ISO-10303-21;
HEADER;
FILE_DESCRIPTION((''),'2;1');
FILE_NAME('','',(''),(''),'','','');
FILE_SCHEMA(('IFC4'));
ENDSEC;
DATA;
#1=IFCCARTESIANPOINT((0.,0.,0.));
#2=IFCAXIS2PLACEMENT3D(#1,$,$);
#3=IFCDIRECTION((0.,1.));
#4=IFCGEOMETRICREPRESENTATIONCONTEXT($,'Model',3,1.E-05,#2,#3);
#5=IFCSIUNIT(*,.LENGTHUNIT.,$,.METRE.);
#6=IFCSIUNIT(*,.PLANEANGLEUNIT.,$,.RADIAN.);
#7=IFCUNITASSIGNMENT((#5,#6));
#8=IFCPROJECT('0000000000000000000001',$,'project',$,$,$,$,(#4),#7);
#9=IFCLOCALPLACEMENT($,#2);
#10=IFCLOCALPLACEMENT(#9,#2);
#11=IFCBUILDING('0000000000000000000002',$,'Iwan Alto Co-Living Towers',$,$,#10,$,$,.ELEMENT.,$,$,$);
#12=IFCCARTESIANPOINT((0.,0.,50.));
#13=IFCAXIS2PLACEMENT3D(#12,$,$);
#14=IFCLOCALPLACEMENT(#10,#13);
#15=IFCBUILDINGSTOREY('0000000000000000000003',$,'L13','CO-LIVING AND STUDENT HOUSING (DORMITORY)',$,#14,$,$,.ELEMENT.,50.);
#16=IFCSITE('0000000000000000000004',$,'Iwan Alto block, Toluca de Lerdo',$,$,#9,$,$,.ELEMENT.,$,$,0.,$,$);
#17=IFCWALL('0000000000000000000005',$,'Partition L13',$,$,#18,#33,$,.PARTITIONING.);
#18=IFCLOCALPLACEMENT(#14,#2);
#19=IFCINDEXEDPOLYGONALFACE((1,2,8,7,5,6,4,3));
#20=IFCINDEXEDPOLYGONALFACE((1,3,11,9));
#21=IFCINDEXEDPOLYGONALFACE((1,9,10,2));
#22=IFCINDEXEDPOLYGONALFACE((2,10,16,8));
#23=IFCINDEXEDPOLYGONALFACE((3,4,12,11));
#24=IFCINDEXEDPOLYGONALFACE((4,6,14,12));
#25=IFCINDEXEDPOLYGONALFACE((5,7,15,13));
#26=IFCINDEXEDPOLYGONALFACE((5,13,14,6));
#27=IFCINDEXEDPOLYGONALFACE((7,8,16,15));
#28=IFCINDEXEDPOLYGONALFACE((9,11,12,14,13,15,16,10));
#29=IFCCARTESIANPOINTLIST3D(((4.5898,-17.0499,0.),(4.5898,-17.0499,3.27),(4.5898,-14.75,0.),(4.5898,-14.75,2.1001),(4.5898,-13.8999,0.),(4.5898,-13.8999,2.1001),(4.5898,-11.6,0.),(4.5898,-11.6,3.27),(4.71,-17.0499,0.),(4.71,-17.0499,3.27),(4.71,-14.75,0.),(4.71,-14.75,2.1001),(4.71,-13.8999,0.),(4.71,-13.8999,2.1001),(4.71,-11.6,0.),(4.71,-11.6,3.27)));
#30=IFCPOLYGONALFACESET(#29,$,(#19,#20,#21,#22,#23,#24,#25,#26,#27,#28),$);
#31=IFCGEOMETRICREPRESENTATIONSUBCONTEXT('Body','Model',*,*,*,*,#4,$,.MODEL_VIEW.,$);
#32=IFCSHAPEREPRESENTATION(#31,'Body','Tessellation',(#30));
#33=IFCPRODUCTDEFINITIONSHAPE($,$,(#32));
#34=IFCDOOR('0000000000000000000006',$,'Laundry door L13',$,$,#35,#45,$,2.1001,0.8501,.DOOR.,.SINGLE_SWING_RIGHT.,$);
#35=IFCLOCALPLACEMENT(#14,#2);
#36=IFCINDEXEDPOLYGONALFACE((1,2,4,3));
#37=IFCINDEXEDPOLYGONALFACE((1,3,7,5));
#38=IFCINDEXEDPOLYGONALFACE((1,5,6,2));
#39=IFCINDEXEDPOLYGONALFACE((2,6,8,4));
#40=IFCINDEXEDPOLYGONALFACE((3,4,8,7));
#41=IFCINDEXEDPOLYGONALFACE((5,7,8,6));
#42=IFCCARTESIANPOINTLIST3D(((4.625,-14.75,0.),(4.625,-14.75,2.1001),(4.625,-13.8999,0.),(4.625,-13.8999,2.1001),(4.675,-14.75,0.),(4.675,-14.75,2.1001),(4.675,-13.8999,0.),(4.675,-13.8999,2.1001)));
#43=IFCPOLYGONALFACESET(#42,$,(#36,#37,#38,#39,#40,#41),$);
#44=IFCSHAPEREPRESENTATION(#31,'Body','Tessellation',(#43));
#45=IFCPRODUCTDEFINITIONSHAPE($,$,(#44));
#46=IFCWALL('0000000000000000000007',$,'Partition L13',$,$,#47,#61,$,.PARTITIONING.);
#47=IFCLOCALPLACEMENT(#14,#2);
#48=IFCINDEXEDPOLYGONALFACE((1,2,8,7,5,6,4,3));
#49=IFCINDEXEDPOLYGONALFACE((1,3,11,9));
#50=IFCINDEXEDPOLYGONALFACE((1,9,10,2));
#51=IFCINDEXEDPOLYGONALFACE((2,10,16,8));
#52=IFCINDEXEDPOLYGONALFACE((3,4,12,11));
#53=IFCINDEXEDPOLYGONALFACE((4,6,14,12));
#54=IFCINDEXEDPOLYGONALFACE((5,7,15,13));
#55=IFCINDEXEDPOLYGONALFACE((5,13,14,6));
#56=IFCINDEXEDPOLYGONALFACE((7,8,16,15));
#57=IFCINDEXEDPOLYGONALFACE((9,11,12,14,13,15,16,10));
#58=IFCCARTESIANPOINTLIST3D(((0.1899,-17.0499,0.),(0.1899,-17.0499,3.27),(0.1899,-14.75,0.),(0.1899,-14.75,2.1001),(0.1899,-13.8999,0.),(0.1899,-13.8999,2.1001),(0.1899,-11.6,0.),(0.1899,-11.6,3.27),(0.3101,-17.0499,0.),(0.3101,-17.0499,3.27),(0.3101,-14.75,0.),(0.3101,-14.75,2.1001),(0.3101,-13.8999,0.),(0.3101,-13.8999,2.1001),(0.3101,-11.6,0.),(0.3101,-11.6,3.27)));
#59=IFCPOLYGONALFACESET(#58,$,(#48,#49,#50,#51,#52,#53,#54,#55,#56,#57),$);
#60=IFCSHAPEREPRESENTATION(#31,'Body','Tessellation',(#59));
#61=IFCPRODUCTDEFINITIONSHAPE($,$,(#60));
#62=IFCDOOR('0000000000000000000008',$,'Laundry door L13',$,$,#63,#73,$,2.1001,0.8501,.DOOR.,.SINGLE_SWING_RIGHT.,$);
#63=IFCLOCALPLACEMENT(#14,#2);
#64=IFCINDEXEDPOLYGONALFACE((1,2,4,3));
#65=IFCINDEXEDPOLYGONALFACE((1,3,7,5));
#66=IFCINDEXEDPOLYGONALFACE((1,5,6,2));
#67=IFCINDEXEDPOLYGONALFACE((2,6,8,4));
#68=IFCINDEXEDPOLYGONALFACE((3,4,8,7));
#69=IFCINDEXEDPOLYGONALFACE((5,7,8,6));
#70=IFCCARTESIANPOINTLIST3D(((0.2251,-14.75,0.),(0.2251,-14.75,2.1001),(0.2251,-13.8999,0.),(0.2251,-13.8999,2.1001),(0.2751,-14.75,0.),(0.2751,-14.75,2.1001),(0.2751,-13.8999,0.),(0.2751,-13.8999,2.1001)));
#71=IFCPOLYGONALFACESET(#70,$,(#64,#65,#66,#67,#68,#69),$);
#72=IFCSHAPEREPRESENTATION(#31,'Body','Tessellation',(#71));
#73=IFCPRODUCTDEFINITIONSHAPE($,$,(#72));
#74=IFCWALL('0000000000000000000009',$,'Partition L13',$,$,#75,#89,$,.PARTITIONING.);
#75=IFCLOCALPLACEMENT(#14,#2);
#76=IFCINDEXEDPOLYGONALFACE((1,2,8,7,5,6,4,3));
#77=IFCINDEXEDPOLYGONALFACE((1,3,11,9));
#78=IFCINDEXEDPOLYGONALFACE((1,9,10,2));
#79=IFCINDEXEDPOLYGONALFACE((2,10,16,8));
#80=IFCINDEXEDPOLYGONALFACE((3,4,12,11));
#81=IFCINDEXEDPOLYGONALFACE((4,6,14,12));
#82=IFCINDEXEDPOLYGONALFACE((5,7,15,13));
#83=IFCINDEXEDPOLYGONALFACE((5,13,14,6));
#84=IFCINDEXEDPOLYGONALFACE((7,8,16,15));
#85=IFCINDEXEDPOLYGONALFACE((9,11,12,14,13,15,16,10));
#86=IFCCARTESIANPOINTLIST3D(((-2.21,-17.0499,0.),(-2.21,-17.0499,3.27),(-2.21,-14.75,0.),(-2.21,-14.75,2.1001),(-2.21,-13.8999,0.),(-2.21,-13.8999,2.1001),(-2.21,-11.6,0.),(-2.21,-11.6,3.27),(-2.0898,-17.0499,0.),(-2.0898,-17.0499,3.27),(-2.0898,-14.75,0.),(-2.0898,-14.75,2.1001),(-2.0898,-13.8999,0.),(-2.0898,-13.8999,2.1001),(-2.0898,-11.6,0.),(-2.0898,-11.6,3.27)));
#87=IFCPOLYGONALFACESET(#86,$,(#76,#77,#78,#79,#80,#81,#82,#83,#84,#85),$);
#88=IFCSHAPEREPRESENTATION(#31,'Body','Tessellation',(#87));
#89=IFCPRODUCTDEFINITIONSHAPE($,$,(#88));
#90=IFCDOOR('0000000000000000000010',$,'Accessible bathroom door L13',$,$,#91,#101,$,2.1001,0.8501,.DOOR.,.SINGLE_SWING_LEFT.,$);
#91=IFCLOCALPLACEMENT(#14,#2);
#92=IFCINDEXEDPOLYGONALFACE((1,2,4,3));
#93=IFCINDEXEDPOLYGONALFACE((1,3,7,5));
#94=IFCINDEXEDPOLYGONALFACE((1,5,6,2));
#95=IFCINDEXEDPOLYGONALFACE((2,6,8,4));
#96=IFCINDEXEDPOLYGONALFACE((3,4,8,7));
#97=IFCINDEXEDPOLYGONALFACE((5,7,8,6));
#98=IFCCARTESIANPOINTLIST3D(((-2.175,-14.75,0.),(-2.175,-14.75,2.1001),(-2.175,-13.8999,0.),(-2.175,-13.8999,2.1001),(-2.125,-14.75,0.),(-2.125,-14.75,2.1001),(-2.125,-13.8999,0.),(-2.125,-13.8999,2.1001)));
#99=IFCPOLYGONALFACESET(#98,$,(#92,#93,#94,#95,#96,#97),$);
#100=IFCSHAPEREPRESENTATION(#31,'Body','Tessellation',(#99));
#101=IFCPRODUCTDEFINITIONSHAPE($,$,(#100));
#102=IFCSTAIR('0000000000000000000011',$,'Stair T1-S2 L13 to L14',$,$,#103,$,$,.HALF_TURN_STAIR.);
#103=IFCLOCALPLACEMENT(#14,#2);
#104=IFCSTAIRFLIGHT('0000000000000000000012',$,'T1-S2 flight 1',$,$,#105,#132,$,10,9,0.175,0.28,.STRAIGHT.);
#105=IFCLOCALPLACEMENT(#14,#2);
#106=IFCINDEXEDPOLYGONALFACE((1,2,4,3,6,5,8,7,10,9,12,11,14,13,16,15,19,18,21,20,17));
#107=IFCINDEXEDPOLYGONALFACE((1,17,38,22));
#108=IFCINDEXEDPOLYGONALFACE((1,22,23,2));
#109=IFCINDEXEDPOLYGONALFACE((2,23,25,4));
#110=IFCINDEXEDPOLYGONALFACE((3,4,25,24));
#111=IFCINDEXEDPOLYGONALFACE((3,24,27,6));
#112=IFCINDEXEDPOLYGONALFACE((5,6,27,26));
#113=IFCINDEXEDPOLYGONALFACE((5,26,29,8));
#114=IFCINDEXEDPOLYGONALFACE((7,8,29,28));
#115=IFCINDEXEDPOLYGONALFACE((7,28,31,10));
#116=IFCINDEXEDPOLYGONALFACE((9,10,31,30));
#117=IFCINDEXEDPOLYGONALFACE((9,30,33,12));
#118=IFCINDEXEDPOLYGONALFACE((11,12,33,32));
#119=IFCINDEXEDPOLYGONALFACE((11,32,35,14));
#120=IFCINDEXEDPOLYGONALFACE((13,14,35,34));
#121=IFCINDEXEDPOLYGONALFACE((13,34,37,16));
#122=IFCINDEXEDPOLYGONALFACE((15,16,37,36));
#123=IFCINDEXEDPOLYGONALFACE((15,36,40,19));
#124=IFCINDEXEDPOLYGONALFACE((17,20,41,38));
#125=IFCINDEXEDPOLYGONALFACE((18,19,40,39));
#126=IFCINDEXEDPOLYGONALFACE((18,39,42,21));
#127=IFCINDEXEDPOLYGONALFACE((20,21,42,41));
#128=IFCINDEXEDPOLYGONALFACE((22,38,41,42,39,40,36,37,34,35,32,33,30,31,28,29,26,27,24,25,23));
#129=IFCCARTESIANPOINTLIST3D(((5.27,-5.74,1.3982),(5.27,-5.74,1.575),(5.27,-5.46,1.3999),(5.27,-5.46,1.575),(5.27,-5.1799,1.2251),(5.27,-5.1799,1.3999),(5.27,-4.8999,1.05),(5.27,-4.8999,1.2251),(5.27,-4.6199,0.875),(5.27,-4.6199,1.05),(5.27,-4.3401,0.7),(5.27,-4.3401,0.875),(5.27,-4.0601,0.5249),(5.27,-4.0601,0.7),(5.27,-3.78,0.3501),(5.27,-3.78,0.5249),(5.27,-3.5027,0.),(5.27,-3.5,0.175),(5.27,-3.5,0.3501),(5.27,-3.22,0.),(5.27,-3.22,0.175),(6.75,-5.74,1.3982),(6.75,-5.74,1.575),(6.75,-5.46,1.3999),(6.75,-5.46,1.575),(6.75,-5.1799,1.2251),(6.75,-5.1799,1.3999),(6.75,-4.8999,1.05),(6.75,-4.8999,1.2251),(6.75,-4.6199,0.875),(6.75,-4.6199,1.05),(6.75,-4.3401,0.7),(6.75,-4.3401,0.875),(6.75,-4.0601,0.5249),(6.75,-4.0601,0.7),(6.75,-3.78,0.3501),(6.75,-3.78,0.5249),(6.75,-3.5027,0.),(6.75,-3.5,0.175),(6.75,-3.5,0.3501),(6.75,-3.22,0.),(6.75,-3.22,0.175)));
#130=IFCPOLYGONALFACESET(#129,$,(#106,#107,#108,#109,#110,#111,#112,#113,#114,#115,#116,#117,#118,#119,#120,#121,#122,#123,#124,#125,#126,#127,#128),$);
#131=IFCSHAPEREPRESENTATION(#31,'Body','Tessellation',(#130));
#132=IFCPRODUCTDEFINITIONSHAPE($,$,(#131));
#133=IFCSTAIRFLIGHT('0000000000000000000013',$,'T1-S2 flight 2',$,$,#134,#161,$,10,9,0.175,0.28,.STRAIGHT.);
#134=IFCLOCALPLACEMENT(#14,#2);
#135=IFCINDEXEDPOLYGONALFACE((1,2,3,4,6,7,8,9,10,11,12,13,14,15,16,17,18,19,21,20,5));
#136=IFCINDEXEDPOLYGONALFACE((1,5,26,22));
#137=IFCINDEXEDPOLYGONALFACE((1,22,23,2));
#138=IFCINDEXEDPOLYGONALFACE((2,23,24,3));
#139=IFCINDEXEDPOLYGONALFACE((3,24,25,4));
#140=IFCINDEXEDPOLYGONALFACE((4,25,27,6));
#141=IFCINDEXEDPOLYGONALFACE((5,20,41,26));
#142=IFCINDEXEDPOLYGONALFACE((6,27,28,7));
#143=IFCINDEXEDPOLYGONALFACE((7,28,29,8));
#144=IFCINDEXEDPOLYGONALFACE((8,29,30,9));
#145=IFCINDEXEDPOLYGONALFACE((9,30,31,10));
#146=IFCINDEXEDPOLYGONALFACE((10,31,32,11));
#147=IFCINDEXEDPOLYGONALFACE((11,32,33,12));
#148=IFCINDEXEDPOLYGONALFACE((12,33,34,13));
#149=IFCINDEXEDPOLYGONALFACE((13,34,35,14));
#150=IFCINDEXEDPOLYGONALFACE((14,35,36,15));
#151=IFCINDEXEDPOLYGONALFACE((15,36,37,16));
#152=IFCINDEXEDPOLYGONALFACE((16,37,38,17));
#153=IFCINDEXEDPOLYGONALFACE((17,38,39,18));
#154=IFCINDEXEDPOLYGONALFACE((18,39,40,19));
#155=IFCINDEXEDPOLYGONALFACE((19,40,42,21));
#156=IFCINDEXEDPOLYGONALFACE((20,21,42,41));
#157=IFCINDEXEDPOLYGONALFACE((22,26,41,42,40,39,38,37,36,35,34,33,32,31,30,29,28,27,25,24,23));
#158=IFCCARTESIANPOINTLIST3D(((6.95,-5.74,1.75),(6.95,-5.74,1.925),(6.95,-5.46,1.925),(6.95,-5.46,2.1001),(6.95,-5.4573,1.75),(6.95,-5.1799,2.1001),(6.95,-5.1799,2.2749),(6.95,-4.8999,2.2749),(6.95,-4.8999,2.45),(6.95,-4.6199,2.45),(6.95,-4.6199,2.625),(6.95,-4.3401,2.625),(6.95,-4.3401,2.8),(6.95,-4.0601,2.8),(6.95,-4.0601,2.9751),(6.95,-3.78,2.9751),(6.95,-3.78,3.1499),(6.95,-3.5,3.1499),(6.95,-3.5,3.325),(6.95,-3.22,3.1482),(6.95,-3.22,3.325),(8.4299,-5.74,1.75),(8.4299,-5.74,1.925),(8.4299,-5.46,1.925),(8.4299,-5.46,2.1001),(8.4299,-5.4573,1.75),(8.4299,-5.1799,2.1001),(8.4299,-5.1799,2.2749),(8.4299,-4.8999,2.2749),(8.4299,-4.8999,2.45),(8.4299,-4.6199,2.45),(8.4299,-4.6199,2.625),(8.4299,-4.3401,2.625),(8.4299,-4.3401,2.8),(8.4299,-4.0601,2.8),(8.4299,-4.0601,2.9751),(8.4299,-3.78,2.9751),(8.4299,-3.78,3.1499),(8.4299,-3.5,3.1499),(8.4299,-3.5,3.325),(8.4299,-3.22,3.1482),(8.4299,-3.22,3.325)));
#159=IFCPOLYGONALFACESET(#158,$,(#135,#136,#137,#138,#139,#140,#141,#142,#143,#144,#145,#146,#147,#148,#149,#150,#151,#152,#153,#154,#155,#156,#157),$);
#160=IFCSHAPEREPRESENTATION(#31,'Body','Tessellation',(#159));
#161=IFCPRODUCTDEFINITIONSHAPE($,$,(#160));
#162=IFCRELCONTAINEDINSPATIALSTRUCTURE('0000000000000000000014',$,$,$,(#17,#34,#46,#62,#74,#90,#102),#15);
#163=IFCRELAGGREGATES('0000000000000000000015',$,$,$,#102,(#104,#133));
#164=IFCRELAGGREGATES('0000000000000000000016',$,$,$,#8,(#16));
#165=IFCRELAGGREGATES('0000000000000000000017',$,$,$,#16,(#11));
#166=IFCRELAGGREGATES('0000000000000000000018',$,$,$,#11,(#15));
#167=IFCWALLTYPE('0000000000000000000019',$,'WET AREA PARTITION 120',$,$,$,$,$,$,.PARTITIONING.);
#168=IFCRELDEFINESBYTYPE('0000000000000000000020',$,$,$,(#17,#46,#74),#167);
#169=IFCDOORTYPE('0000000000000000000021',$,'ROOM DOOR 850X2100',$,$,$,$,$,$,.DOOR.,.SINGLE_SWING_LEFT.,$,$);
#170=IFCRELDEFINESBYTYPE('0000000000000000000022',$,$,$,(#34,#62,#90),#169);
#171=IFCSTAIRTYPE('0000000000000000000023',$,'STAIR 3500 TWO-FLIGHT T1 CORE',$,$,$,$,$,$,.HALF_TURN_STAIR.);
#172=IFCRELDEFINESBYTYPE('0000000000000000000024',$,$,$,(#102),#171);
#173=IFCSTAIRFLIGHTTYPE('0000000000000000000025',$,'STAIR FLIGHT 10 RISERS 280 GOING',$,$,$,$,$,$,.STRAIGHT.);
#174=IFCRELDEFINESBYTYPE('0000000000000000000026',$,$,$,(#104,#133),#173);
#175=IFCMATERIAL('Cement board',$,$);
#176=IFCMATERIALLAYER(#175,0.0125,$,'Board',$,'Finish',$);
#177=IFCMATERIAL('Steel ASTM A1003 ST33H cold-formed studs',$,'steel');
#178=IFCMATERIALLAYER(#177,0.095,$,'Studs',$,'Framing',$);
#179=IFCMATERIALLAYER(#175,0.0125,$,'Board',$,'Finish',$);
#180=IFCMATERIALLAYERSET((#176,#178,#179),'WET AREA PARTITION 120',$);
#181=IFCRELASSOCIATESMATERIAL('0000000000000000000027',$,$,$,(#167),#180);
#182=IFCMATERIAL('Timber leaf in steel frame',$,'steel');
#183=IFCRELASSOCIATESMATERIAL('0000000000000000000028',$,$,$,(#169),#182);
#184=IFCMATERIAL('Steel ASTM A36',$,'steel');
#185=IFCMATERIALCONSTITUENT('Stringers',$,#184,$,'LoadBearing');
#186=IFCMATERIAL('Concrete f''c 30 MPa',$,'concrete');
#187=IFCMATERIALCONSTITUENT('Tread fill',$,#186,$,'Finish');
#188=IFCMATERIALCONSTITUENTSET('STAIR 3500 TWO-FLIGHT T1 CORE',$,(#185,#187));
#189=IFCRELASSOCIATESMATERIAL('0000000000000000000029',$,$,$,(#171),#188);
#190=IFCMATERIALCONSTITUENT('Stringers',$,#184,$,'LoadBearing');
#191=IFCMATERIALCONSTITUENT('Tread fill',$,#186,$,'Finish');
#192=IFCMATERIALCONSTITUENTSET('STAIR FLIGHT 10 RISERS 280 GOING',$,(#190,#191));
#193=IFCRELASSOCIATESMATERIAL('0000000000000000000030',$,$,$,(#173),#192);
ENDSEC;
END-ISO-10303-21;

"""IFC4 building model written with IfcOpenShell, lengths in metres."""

from ifc_helpers import new_model, si_unit, direction, frame, frame_2d, origin, place, context, subcontext, project, spatial, polyline, rectangle, outline, extrude, material, layer, layer_set, constituent, constituent_set, type_object, element, fill, aggregate, save


model = new_model("IFC4")

# Units and contexts
model_context = context("Model", 3, precision=1e-05, world=origin(), true_north=direction((0.0, 1.0)))
body_context = subcontext(model_context, "Body", "Model", "MODEL_VIEW")
ifc_project = project(units=[si_unit("LENGTHUNIT", "METRE"), si_unit("PLANEANGLEUNIT", "RADIAN")], contexts=[model_context])

# Site, building, storey
site_placement = place(None, origin())
site = spatial("IfcSite", under=ifc_project, at=site_placement, Name="Iwan Alto block, Toluca de Lerdo", CompositionType="ELEMENT", RefElevation=0.0)
building_placement = place(site_placement, origin())
building = spatial("IfcBuilding", under=site, at=building_placement, Name="Iwan Alto Co-Living Towers", CompositionType="ELEMENT")
storey_placement = place(building_placement, frame((0.0, 0.0, 50.0)))
storey = spatial("IfcBuildingStorey", under=building, at=storey_placement, Name="L13", Description="CO-LIVING AND STUDENT HOUSING (DORMITORY)", CompositionType="ELEMENT", Elevation=50.0)

# Shared definitions
ifc_material_1 = material(Name="Steel ASTM A1003 ST33H cold-formed studs", Category="steel")

# Shared definitions
ifc_material_2 = material(Name="Cement board")
ifc_layer_1 = layer(ifc_material_2, 0.0125, Name="Board", Category="Finish")
ifc_layer_2 = layer(ifc_material_1, 0.095, Name="Studs", Category="Framing")
ifc_layer_3 = layer(ifc_material_2, 0.0125, Name="Board", Category="Finish")
ifc_layer_set_1 = layer_set([ifc_layer_1, ifc_layer_2, ifc_layer_3], Name="WET AREA PARTITION 120")
wall_type_1 = type_object("IfcWallType", Name="WET AREA PARTITION 120", PredefinedType="PARTITIONING", material=ifc_layer_set_1)

# Shared definitions
ifc_material_3 = material(Name="Timber leaf in steel frame", Category="steel")
door_type_1 = type_object("IfcDoorType", Name="ROOM DOOR 850X2100", OperationType="SINGLE_SWING_LEFT", PredefinedType="DOOR", material=ifc_material_3)

# Walls, openings, doors
wall_1_placement = place(storey_placement, frame((4.6499, -17.05, 0.0), z_axis=(0.0, 0.0, 1.0), x_axis=(0.0, 1.0, 0.0)))
wall_1 = element("IfcWall", 1, at=wall_1_placement, inside=storey, type_object=wall_type_1, Name="Partition L13", PredefinedType="PARTITIONING", context=body_context, shape_type="SweptSolid", body=[
    extrude(rectangle(XDim=5.45, YDim=0.1201, at=frame_2d((2.7251, 0.0))), origin(), (0.0, 0.0, 1.0), 3.27),
])
opening_1_placement = place(wall_1_placement, frame((2.3, 0.0, 0.0)))
opening_1 = element("IfcOpeningElement", 2, at=opening_1_placement, cuts=wall_1, PredefinedType="OPENING", context=body_context, shape_type="SweptSolid", body=[
    extrude(rectangle(XDim=0.8501, YDim=2.1001, at=frame_2d((0.425, 1.05))), frame((0.0, 0.0701, 0.0), z_axis=(0.0, -1.0, 0.0), x_axis=(1.0, 0.0, 0.0)), (0.0, 0.0, 1.0), 0.1401),
])
door_1_placement = place(opening_1_placement, origin())
door_1 = element("IfcDoor", 3, at=door_1_placement, inside=storey, type_object=door_type_1, Name="Laundry door L13", OperationType="SINGLE_SWING_RIGHT", OverallHeight=2.1001, OverallWidth=0.8501, PredefinedType="DOOR", context=body_context, shape_type="SweptSolid", body=[
    extrude(rectangle(XDim=0.8501, YDim=2.1001, at=frame_2d((0.425, 1.05))), frame((0.0, 0.0249, 0.0), z_axis=(0.0, -1.0, 0.0), x_axis=(1.0, 0.0, 0.0)), (0.0, 0.0, 1.0), 0.05),
])
fill(opening_1, door_1)
wall_2_placement = place(storey_placement, frame((0.25, -17.05, 0.0), z_axis=(0.0, 0.0, 1.0), x_axis=(0.0, 1.0, 0.0)))
wall_2 = element("IfcWall", 4, at=wall_2_placement, inside=storey, type_object=wall_type_1, Name="Partition L13", PredefinedType="PARTITIONING", context=body_context, shape_type="SweptSolid", body=[
    extrude(rectangle(XDim=5.45, YDim=0.1201, at=frame_2d((2.7251, 0.0))), origin(), (0.0, 0.0, 1.0), 3.27),
])
opening_2_placement = place(wall_2_placement, frame((2.3, 0.0, 0.0)))
opening_2 = element("IfcOpeningElement", 5, at=opening_2_placement, cuts=wall_2, PredefinedType="OPENING", context=body_context, shape_type="SweptSolid", body=[
    extrude(rectangle(XDim=0.8501, YDim=2.1001, at=frame_2d((0.425, 1.05))), frame((0.0, 0.0701, 0.0), z_axis=(0.0, -1.0, 0.0), x_axis=(1.0, 0.0, 0.0)), (0.0, 0.0, 1.0), 0.1401),
])
door_2_placement = place(opening_2_placement, origin())
door_2 = element("IfcDoor", 6, at=door_2_placement, inside=storey, type_object=door_type_1, Name="Laundry door L13", OperationType="SINGLE_SWING_RIGHT", OverallHeight=2.1001, OverallWidth=0.8501, PredefinedType="DOOR", context=body_context, shape_type="SweptSolid", body=[
    extrude(rectangle(XDim=0.8501, YDim=2.1001, at=frame_2d((0.425, 1.05))), frame((0.0, 0.0249, 0.0), z_axis=(0.0, -1.0, 0.0), x_axis=(1.0, 0.0, 0.0)), (0.0, 0.0, 1.0), 0.05),
])
fill(opening_2, door_2)
wall_3_placement = place(storey_placement, frame((-2.1499, -17.05, 0.0), z_axis=(0.0, 0.0, 1.0), x_axis=(0.0, 1.0, 0.0)))
wall_3 = element("IfcWall", 7, at=wall_3_placement, inside=storey, type_object=wall_type_1, Name="Partition L13", PredefinedType="PARTITIONING", context=body_context, shape_type="SweptSolid", body=[
    extrude(rectangle(XDim=5.45, YDim=0.1201, at=frame_2d((2.7251, 0.0))), origin(), (0.0, 0.0, 1.0), 3.27),
])
opening_3_placement = place(wall_3_placement, frame((2.3, 0.0, 0.0)))
opening_3 = element("IfcOpeningElement", 8, at=opening_3_placement, cuts=wall_3, PredefinedType="OPENING", context=body_context, shape_type="SweptSolid", body=[
    extrude(rectangle(XDim=0.8501, YDim=2.1001, at=frame_2d((0.425, 1.05))), frame((0.0, 0.0701, 0.0), z_axis=(0.0, -1.0, 0.0), x_axis=(1.0, 0.0, 0.0)), (0.0, 0.0, 1.0), 0.1401),
])
door_3_placement = place(opening_3_placement, frame((0.8501, 0.0, 0.0), z_axis=(0.0, 0.0, 1.0), x_axis=(-1.0, 0.0, 0.0)))
door_3 = element("IfcDoor", 9, at=door_3_placement, inside=storey, type_object=door_type_1, Name="Accessible bathroom door L13", OperationType="SINGLE_SWING_LEFT", OverallHeight=2.1001, OverallWidth=0.8501, PredefinedType="DOOR", context=body_context, shape_type="SweptSolid", body=[
    extrude(rectangle(XDim=0.8501, YDim=2.1001, at=frame_2d((0.425, 1.05))), frame((0.0, 0.0249, 0.0), z_axis=(0.0, -1.0, 0.0), x_axis=(1.0, 0.0, 0.0)), (0.0, 0.0, 1.0), 0.05),
])
fill(opening_3, door_3)

# Stair, stair flights
ifc_material_4 = material(Name="Steel ASTM A36", Category="steel")
ifc_constituent_1 = constituent(ifc_material_4, Name="Stringers", Category="LoadBearing")
ifc_material_5 = material(Name="Concrete f'c 30 MPa", Category="concrete")
ifc_constituent_2 = constituent(ifc_material_5, Name="Tread fill", Category="Finish")
ifc_constituent_set_1 = constituent_set(constituents=[ifc_constituent_1, ifc_constituent_2], Name="STAIR 3500 TWO-FLIGHT T1 CORE")
stair_type = type_object("IfcStairType", Name="STAIR 3500 TWO-FLIGHT T1 CORE", PredefinedType="HALF_TURN_STAIR", material=ifc_constituent_set_1)
stair_placement = place(storey_placement, origin())
stair = element("IfcStair", 10, at=stair_placement, inside=storey, type_object=stair_type, Name="Stair T1-S2 L13 to L14", PredefinedType="HALF_TURN_STAIR")
ifc_constituent_3 = constituent(ifc_material_4, Name="Stringers", Category="LoadBearing")
ifc_constituent_4 = constituent(ifc_material_5, Name="Tread fill", Category="Finish")
ifc_constituent_set_2 = constituent_set(constituents=[ifc_constituent_3, ifc_constituent_4], Name="STAIR FLIGHT 10 RISERS 280 GOING")
stair_flight_type = type_object("IfcStairFlightType", Name="STAIR FLIGHT 10 RISERS 280 GOING", PredefinedType="STRAIGHT", material=ifc_constituent_set_2)
stair_flight_1_placement = place(storey_placement, frame((6.01, -3.22, 0.0), z_axis=(0.0, 0.0, 1.0), x_axis=(0.0, -1.0, 0.0)))
stair_flight_1 = element("IfcStairFlight", 11, at=stair_flight_1_placement, type_object=stair_flight_type, Name="T1-S2 flight 1", NumberOfRisers=10, NumberOfTreads=9, PredefinedType="STRAIGHT", RiserHeight=0.175, TreadLength=0.28, context=body_context, shape_type="SweptSolid", body=[
    extrude(outline(polyline([(0.0, 0.0), (0.0, 0.175), (0.28, 0.175), (0.28, 0.3501), (0.5601, 0.3501), (0.5601, 0.5249), (0.8401, 0.5249), (0.8401, 0.7), (1.1201, 0.7), (1.1201, 0.875), (1.3999, 0.875), (1.3999, 1.05), (1.6799, 1.05), (1.6799, 1.2251), (1.96, 1.2251), (1.96, 1.3999), (2.24, 1.3999), (2.24, 1.575), (2.52, 1.575), (2.52, 1.75), (2.52, 1.3982), (0.2827, 0.0), (0.0, 0.0)])), frame((0.0, 0.74, 0.0), z_axis=(0.0, -1.0, 0.0), x_axis=(1.0, 0.0, 0.0)), (0.0, 0.0, 1.0), 1.48),
])
stair_flight_2_placement = place(storey_placement, frame((7.6899, -5.74, 1.75), z_axis=(0.0, 0.0, 1.0), x_axis=(0.0, 1.0, 0.0)))
stair_flight_2 = element("IfcStairFlight", 12, at=stair_flight_2_placement, type_object=stair_flight_type, Name="T1-S2 flight 2", NumberOfRisers=10, NumberOfTreads=9, PredefinedType="STRAIGHT", RiserHeight=0.175, TreadLength=0.28, context=body_context, shape_type="SweptSolid", body=[
    extrude(outline(polyline([(0.0, 0.0), (0.0, 0.175), (0.28, 0.175), (0.28, 0.3501), (0.5601, 0.3501), (0.5601, 0.5249), (0.8401, 0.5249), (0.8401, 0.7), (1.1201, 0.7), (1.1201, 0.875), (1.3999, 0.875), (1.3999, 1.05), (1.6799, 1.05), (1.6799, 1.2251), (1.96, 1.2251), (1.96, 1.3999), (2.24, 1.3999), (2.24, 1.575), (2.52, 1.575), (2.52, 1.75), (2.52, 1.3982), (0.2827, 0.0), (0.0, 0.0)])), frame((0.0, 0.74, 0.0), z_axis=(0.0, -1.0, 0.0), x_axis=(1.0, 0.0, 0.0)), (0.0, 0.0, 1.0), 1.48),
])
aggregate(stair, [stair_flight_1, stair_flight_2])

save(model, "model.ifc")
